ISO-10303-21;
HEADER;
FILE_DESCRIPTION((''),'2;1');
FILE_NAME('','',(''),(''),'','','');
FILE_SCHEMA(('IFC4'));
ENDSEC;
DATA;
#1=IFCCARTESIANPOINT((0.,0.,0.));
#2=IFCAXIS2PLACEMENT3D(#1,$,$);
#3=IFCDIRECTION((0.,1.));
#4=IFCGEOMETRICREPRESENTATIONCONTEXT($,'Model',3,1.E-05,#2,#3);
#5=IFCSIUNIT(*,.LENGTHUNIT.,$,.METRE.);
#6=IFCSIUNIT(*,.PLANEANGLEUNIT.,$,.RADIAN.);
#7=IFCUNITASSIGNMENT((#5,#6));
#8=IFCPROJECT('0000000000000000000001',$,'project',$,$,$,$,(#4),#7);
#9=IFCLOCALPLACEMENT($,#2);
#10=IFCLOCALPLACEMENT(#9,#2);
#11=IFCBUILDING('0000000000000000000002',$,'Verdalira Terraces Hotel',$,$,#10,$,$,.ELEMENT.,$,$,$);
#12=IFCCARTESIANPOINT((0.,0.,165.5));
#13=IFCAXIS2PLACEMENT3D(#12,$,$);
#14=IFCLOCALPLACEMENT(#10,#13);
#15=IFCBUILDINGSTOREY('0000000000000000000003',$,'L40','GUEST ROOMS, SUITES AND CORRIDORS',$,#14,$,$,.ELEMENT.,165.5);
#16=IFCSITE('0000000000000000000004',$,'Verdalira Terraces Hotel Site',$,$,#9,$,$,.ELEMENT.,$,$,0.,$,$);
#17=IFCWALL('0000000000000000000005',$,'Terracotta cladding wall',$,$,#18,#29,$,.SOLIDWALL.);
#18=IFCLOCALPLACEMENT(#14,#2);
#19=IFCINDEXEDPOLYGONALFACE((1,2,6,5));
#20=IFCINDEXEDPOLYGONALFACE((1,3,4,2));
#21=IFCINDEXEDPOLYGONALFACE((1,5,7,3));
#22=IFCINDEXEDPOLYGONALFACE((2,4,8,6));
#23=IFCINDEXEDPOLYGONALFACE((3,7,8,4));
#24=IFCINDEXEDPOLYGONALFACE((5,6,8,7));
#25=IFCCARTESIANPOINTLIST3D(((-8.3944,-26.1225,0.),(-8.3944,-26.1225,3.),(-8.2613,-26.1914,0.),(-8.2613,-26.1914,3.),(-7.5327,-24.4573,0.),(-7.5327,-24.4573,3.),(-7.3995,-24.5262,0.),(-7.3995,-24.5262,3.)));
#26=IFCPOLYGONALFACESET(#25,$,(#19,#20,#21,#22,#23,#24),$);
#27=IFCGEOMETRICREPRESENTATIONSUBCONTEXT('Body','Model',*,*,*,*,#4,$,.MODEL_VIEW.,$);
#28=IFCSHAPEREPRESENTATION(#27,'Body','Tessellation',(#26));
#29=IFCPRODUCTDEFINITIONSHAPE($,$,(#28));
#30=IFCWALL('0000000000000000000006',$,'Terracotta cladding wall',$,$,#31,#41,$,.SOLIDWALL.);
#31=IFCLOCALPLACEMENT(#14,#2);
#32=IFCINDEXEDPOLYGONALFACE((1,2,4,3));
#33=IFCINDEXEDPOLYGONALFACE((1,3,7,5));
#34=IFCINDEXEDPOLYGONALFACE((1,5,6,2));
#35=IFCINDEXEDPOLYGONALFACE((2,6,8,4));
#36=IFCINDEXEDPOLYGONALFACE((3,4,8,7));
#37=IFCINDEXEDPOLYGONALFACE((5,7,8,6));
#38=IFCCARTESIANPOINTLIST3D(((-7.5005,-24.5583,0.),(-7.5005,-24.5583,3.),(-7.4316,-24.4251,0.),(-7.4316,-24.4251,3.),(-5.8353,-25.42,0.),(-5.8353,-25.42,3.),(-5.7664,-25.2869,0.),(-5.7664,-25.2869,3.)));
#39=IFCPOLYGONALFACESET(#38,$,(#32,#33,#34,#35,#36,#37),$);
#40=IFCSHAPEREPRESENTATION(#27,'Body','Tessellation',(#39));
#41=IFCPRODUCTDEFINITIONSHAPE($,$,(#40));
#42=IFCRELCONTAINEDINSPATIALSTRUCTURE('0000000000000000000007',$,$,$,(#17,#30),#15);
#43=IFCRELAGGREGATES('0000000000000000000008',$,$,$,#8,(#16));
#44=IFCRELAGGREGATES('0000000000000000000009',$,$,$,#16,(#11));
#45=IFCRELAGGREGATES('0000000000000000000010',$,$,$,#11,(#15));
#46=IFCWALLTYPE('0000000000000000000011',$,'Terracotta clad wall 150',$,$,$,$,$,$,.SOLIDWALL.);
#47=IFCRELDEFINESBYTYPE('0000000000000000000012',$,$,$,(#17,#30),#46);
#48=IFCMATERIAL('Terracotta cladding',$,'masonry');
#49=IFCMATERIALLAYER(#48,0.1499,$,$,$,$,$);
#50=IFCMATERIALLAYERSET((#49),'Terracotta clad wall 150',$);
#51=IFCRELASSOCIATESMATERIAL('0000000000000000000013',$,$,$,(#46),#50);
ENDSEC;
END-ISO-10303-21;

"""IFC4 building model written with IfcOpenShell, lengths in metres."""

from ifc_helpers import new_model, si_unit, direction, frame, frame_2d, origin, place, context, subcontext, project, spatial, rectangle, extrude, material, layer, layer_set, type_object, element, save


model = new_model("IFC4")

# Units and contexts
model_context = context("Model", 3, precision=1e-05, world=origin(), true_north=direction((0.0, 1.0)))
body_context = subcontext(model_context, "Body", "Model", "MODEL_VIEW")
ifc_project = project(units=[si_unit("LENGTHUNIT", "METRE"), si_unit("PLANEANGLEUNIT", "RADIAN")], contexts=[model_context])

# Site, building, storey
site_placement = place(None, origin())
site = spatial("IfcSite", under=ifc_project, at=site_placement, Name="Verdalira Terraces Hotel Site", CompositionType="ELEMENT", RefElevation=0.0)
building_placement = place(site_placement, origin())
building = spatial("IfcBuilding", under=site, at=building_placement, Name="Verdalira Terraces Hotel", CompositionType="ELEMENT")
storey_placement = place(building_placement, frame((0.0, 0.0, 165.5)))
storey = spatial("IfcBuildingStorey", under=building, at=storey_placement, Name="L40", Description="GUEST ROOMS, SUITES AND CORRIDORS", CompositionType="ELEMENT", Elevation=165.5)

# Walls
ifc_material_1 = material(Name="Terracotta cladding", Category="masonry")
ifc_layer_1 = layer(ifc_material_1, 0.1499)
ifc_layer_set_1 = layer_set([ifc_layer_1], Name="Terracotta clad wall 150")
wall_type_1 = type_object("IfcWallType", Name="Terracotta clad wall 150", PredefinedType="SOLIDWALL", material=ifc_layer_set_1)
for number, where, z_axis, x_axis, name in (
    (1, (-8.3279, -26.157, 0.0), (0.0, 0.0, 1.0), (0.459618, 0.888117, 0.0), "Terracotta cladding wall"),
    (2, (-7.4661, -24.4917, 0.0), (0.0, 0.0, 1.0), (0.888117, -0.459618, 0.0), "Terracotta cladding wall"),
):
    element("IfcWall", number, at=place(storey_placement, frame(where, z_axis=z_axis, x_axis=x_axis)), inside=storey, type_object=wall_type_1, Name=name, PredefinedType="SOLIDWALL", context=body_context, shape_type="SweptSolid", body=[
        extrude(rectangle(XDim=1.875, YDim=0.1499, at=frame_2d((0.9375, 0.0))), origin(), (0.0, 0.0, 1.0), 3.0),
    ])

save(model, "model.ifc")
